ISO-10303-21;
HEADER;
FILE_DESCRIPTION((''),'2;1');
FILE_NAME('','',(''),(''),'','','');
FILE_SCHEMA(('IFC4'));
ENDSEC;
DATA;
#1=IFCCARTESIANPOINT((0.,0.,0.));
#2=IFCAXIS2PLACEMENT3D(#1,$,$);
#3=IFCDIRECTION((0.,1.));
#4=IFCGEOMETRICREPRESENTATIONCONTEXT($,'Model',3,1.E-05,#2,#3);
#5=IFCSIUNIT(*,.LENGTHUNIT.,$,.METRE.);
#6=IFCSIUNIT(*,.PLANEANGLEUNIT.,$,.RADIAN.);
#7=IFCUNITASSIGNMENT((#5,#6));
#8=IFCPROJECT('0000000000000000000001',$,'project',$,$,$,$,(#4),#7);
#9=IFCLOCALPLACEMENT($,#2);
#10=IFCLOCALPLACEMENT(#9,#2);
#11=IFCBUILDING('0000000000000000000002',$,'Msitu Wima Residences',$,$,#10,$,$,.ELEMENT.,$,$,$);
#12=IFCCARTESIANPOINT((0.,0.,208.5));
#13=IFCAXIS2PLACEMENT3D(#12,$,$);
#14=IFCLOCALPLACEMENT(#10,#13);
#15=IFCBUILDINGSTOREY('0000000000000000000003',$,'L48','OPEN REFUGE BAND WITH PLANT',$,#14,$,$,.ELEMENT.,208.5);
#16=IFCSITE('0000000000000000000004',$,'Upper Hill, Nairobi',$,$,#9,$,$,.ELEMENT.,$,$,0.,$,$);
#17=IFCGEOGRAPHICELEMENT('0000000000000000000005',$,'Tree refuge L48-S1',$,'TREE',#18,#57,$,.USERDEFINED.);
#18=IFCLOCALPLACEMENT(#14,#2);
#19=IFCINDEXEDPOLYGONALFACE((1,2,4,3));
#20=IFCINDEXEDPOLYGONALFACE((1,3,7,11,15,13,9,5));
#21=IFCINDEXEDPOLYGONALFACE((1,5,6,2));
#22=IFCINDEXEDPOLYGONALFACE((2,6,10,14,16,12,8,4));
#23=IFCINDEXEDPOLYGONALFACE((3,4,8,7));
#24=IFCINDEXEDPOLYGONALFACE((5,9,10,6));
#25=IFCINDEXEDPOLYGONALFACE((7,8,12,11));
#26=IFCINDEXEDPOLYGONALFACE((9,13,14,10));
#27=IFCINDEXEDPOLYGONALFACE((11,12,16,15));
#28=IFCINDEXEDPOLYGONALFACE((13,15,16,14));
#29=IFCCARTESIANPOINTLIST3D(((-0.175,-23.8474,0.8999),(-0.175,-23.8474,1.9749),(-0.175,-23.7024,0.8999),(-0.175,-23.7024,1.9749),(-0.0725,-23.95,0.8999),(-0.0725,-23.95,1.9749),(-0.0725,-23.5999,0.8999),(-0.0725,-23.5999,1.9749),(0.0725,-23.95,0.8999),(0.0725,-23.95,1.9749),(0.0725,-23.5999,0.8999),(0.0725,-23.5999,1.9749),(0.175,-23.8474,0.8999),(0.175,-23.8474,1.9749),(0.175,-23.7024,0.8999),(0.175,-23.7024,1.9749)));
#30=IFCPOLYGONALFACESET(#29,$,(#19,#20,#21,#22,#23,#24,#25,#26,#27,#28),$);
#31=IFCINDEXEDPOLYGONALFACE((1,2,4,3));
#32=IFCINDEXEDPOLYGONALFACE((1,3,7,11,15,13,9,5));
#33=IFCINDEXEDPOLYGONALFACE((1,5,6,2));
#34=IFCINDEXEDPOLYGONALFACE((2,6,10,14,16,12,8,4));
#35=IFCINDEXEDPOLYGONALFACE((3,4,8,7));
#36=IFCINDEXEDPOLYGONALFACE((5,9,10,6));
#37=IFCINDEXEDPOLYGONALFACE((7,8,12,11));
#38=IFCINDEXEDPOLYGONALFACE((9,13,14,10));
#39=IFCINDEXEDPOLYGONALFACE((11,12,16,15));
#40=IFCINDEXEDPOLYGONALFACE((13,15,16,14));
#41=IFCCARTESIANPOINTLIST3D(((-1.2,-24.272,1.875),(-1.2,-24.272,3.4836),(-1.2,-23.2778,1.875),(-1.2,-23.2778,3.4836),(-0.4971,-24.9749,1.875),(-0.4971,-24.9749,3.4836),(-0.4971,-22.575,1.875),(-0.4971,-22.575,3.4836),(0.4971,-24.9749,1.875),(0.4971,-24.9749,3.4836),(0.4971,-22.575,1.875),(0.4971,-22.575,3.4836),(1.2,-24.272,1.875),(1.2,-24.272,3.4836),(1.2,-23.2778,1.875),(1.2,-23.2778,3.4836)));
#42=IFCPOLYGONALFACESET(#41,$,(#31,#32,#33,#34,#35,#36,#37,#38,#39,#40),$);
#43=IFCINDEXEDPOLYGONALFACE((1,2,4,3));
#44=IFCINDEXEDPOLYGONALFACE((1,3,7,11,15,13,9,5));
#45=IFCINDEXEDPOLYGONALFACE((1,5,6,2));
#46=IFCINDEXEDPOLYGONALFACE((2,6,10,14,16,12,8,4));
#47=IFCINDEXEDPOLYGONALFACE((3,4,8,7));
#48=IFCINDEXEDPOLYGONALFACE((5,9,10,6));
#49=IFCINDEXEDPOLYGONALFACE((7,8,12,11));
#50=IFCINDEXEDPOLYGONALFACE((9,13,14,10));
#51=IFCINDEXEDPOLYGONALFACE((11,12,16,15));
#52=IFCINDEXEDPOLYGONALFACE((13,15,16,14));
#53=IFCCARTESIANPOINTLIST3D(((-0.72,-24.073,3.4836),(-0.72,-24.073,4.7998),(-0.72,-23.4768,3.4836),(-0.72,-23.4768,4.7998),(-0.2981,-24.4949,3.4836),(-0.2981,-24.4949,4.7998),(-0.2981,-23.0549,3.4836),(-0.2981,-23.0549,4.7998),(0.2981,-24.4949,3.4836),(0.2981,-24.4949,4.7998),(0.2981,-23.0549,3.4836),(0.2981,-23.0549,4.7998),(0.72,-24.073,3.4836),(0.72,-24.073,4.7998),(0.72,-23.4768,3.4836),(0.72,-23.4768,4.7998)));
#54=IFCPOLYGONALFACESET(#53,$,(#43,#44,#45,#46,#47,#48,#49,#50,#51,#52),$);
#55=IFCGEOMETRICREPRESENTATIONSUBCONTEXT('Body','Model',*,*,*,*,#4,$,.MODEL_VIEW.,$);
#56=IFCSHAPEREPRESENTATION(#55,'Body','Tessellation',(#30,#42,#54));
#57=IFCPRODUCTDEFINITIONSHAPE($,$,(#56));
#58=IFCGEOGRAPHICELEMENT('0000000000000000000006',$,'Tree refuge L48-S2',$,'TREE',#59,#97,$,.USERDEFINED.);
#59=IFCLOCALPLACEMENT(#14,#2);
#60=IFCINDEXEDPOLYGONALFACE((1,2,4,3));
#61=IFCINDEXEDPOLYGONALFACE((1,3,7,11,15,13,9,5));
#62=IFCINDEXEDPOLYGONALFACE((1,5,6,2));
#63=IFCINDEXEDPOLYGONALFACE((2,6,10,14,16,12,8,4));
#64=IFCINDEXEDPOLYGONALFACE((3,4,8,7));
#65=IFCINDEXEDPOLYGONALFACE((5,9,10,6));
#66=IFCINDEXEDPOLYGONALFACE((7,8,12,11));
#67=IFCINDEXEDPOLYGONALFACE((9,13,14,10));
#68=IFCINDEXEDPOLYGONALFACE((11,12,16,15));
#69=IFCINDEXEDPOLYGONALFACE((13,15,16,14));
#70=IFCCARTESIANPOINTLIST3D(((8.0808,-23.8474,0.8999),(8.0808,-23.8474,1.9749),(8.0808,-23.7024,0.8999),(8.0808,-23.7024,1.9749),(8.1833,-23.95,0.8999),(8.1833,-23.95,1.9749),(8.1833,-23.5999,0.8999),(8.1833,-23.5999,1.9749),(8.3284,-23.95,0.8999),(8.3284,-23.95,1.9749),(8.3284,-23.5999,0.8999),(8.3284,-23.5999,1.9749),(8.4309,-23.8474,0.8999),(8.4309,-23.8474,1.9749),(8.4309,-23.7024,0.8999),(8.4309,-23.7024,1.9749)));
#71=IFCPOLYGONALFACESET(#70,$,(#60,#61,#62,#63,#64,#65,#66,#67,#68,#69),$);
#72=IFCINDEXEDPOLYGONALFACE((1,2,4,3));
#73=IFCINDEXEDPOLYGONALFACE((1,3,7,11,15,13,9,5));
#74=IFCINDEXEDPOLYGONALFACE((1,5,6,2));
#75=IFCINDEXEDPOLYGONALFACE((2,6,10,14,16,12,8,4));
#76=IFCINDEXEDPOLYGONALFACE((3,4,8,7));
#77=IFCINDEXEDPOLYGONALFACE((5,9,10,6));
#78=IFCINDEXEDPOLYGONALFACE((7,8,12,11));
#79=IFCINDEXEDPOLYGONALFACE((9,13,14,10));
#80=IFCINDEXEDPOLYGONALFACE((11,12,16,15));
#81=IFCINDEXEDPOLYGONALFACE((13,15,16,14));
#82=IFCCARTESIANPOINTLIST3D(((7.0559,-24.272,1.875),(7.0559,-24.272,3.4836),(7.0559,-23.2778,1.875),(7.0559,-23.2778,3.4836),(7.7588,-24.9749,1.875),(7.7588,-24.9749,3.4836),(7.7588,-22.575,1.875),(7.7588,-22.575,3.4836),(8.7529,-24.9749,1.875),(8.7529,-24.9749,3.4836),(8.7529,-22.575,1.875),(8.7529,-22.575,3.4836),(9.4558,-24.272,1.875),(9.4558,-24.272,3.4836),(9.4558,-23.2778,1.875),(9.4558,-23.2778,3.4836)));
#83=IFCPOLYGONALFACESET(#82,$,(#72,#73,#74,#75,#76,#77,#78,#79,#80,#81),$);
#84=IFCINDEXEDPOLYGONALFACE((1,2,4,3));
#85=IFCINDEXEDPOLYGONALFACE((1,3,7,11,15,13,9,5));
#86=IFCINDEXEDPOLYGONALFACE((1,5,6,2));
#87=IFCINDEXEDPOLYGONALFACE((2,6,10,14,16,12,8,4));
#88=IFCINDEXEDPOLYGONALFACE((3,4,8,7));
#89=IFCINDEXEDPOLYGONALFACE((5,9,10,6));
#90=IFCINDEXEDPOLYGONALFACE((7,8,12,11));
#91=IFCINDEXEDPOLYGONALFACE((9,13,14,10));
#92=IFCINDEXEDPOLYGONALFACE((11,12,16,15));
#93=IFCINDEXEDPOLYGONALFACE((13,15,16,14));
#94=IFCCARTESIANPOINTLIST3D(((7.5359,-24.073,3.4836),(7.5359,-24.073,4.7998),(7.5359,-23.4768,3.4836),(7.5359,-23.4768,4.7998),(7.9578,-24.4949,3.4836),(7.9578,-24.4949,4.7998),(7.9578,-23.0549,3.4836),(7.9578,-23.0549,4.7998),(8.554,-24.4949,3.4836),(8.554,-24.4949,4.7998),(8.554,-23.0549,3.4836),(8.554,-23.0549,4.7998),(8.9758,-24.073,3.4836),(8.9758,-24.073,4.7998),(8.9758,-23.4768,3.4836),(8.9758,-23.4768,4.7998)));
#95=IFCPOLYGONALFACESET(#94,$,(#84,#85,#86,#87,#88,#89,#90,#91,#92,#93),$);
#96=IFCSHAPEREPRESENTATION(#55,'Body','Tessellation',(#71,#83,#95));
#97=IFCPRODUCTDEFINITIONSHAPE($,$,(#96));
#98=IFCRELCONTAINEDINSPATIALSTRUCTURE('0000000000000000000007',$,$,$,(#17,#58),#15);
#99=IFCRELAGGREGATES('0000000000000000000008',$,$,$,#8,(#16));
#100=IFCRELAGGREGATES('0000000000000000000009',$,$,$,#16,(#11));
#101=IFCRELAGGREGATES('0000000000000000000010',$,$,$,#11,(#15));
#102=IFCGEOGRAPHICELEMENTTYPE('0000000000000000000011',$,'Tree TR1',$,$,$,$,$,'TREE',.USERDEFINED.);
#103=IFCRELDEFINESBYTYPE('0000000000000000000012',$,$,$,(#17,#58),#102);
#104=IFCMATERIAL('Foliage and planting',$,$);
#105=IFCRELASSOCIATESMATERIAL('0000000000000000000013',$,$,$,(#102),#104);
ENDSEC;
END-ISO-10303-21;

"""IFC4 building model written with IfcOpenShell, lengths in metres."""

from ifc_helpers import new_model, si_unit, direction, frame, origin, place, context, subcontext, project, spatial, polyline, outline, extrude, material, type_object, element, save


model = new_model("IFC4")

# Units and contexts
model_context = context("Model", 3, precision=1e-05, world=origin(), true_north=direction((0.0, 1.0)))
body_context = subcontext(model_context, "Body", "Model", "MODEL_VIEW")
ifc_project = project(units=[si_unit("LENGTHUNIT", "METRE"), si_unit("PLANEANGLEUNIT", "RADIAN")], contexts=[model_context])

# Site, building, storey
site_placement = place(None, origin())
site = spatial("IfcSite", under=ifc_project, at=site_placement, Name="Upper Hill, Nairobi", CompositionType="ELEMENT", RefElevation=0.0)
building_placement = place(site_placement, origin())
building = spatial("IfcBuilding", under=site, at=building_placement, Name="Msitu Wima Residences", CompositionType="ELEMENT")
storey_placement = place(building_placement, frame((0.0, 0.0, 208.5)))
storey = spatial("IfcBuildingStorey", under=building, at=storey_placement, Name="L48", Description="OPEN REFUGE BAND WITH PLANT", CompositionType="ELEMENT", Elevation=208.5)

# Geographic elements
ifc_material_1 = material(Name="Foliage and planting")
geographic_element_type = type_object("IfcGeographicElementType", Name="Tree TR1", ElementType="TREE", PredefinedType="USERDEFINED", material=ifc_material_1)
for number, where, z_axis, x_axis, name in (
    (1, (0.0, -23.7749, 0.8999), (0.0, 0.0, 1.0), (1.0, 0.0, 0.0), "Tree refuge L48-S1"),
    (2, (8.2559, -23.7749, 0.8999), (0.0, 0.0, 1.0), (1.0, 0.0, 0.0), "Tree refuge L48-S2"),
):
    element("IfcGeographicElement", number, at=place(storey_placement, frame(where, z_axis=z_axis, x_axis=x_axis)), inside=storey, type_object=geographic_element_type, Name=name, ObjectType="TREE", PredefinedType="USERDEFINED", context=body_context, shape_type="SweptSolid", body=[
        extrude(outline(polyline([(0.175, 0.0725), (0.0725, 0.175), (-0.0725, 0.175), (-0.175, 0.0725), (-0.175, -0.0725), (-0.0725, -0.175), (0.0725, -0.175), (0.175, -0.0725), (0.175, 0.0725)])), origin(), (0.0, 0.0, 1.0), 1.075),
        extrude(outline(polyline([(1.2, 0.4971), (0.4971, 1.2), (-0.4971, 1.2), (-1.2, 0.4971), (-1.2, -0.4971), (-0.4971, -1.2), (0.4971, -1.2), (1.2, -0.4971), (1.2, 0.4971)])), frame((0.0, 0.0, 0.9751)), (0.0, 0.0, 1.0), 1.6086),
        extrude(outline(polyline([(0.72, 0.2981), (0.2981, 0.72), (-0.2981, 0.72), (-0.72, 0.2981), (-0.72, -0.2981), (-0.2981, -0.72), (0.2981, -0.72), (0.72, -0.2981), (0.72, 0.2981)])), frame((0.0, 0.0, 2.5837)), (0.0, 0.0, 1.0), 1.3162),
    ])

save(model, "model.ifc")
